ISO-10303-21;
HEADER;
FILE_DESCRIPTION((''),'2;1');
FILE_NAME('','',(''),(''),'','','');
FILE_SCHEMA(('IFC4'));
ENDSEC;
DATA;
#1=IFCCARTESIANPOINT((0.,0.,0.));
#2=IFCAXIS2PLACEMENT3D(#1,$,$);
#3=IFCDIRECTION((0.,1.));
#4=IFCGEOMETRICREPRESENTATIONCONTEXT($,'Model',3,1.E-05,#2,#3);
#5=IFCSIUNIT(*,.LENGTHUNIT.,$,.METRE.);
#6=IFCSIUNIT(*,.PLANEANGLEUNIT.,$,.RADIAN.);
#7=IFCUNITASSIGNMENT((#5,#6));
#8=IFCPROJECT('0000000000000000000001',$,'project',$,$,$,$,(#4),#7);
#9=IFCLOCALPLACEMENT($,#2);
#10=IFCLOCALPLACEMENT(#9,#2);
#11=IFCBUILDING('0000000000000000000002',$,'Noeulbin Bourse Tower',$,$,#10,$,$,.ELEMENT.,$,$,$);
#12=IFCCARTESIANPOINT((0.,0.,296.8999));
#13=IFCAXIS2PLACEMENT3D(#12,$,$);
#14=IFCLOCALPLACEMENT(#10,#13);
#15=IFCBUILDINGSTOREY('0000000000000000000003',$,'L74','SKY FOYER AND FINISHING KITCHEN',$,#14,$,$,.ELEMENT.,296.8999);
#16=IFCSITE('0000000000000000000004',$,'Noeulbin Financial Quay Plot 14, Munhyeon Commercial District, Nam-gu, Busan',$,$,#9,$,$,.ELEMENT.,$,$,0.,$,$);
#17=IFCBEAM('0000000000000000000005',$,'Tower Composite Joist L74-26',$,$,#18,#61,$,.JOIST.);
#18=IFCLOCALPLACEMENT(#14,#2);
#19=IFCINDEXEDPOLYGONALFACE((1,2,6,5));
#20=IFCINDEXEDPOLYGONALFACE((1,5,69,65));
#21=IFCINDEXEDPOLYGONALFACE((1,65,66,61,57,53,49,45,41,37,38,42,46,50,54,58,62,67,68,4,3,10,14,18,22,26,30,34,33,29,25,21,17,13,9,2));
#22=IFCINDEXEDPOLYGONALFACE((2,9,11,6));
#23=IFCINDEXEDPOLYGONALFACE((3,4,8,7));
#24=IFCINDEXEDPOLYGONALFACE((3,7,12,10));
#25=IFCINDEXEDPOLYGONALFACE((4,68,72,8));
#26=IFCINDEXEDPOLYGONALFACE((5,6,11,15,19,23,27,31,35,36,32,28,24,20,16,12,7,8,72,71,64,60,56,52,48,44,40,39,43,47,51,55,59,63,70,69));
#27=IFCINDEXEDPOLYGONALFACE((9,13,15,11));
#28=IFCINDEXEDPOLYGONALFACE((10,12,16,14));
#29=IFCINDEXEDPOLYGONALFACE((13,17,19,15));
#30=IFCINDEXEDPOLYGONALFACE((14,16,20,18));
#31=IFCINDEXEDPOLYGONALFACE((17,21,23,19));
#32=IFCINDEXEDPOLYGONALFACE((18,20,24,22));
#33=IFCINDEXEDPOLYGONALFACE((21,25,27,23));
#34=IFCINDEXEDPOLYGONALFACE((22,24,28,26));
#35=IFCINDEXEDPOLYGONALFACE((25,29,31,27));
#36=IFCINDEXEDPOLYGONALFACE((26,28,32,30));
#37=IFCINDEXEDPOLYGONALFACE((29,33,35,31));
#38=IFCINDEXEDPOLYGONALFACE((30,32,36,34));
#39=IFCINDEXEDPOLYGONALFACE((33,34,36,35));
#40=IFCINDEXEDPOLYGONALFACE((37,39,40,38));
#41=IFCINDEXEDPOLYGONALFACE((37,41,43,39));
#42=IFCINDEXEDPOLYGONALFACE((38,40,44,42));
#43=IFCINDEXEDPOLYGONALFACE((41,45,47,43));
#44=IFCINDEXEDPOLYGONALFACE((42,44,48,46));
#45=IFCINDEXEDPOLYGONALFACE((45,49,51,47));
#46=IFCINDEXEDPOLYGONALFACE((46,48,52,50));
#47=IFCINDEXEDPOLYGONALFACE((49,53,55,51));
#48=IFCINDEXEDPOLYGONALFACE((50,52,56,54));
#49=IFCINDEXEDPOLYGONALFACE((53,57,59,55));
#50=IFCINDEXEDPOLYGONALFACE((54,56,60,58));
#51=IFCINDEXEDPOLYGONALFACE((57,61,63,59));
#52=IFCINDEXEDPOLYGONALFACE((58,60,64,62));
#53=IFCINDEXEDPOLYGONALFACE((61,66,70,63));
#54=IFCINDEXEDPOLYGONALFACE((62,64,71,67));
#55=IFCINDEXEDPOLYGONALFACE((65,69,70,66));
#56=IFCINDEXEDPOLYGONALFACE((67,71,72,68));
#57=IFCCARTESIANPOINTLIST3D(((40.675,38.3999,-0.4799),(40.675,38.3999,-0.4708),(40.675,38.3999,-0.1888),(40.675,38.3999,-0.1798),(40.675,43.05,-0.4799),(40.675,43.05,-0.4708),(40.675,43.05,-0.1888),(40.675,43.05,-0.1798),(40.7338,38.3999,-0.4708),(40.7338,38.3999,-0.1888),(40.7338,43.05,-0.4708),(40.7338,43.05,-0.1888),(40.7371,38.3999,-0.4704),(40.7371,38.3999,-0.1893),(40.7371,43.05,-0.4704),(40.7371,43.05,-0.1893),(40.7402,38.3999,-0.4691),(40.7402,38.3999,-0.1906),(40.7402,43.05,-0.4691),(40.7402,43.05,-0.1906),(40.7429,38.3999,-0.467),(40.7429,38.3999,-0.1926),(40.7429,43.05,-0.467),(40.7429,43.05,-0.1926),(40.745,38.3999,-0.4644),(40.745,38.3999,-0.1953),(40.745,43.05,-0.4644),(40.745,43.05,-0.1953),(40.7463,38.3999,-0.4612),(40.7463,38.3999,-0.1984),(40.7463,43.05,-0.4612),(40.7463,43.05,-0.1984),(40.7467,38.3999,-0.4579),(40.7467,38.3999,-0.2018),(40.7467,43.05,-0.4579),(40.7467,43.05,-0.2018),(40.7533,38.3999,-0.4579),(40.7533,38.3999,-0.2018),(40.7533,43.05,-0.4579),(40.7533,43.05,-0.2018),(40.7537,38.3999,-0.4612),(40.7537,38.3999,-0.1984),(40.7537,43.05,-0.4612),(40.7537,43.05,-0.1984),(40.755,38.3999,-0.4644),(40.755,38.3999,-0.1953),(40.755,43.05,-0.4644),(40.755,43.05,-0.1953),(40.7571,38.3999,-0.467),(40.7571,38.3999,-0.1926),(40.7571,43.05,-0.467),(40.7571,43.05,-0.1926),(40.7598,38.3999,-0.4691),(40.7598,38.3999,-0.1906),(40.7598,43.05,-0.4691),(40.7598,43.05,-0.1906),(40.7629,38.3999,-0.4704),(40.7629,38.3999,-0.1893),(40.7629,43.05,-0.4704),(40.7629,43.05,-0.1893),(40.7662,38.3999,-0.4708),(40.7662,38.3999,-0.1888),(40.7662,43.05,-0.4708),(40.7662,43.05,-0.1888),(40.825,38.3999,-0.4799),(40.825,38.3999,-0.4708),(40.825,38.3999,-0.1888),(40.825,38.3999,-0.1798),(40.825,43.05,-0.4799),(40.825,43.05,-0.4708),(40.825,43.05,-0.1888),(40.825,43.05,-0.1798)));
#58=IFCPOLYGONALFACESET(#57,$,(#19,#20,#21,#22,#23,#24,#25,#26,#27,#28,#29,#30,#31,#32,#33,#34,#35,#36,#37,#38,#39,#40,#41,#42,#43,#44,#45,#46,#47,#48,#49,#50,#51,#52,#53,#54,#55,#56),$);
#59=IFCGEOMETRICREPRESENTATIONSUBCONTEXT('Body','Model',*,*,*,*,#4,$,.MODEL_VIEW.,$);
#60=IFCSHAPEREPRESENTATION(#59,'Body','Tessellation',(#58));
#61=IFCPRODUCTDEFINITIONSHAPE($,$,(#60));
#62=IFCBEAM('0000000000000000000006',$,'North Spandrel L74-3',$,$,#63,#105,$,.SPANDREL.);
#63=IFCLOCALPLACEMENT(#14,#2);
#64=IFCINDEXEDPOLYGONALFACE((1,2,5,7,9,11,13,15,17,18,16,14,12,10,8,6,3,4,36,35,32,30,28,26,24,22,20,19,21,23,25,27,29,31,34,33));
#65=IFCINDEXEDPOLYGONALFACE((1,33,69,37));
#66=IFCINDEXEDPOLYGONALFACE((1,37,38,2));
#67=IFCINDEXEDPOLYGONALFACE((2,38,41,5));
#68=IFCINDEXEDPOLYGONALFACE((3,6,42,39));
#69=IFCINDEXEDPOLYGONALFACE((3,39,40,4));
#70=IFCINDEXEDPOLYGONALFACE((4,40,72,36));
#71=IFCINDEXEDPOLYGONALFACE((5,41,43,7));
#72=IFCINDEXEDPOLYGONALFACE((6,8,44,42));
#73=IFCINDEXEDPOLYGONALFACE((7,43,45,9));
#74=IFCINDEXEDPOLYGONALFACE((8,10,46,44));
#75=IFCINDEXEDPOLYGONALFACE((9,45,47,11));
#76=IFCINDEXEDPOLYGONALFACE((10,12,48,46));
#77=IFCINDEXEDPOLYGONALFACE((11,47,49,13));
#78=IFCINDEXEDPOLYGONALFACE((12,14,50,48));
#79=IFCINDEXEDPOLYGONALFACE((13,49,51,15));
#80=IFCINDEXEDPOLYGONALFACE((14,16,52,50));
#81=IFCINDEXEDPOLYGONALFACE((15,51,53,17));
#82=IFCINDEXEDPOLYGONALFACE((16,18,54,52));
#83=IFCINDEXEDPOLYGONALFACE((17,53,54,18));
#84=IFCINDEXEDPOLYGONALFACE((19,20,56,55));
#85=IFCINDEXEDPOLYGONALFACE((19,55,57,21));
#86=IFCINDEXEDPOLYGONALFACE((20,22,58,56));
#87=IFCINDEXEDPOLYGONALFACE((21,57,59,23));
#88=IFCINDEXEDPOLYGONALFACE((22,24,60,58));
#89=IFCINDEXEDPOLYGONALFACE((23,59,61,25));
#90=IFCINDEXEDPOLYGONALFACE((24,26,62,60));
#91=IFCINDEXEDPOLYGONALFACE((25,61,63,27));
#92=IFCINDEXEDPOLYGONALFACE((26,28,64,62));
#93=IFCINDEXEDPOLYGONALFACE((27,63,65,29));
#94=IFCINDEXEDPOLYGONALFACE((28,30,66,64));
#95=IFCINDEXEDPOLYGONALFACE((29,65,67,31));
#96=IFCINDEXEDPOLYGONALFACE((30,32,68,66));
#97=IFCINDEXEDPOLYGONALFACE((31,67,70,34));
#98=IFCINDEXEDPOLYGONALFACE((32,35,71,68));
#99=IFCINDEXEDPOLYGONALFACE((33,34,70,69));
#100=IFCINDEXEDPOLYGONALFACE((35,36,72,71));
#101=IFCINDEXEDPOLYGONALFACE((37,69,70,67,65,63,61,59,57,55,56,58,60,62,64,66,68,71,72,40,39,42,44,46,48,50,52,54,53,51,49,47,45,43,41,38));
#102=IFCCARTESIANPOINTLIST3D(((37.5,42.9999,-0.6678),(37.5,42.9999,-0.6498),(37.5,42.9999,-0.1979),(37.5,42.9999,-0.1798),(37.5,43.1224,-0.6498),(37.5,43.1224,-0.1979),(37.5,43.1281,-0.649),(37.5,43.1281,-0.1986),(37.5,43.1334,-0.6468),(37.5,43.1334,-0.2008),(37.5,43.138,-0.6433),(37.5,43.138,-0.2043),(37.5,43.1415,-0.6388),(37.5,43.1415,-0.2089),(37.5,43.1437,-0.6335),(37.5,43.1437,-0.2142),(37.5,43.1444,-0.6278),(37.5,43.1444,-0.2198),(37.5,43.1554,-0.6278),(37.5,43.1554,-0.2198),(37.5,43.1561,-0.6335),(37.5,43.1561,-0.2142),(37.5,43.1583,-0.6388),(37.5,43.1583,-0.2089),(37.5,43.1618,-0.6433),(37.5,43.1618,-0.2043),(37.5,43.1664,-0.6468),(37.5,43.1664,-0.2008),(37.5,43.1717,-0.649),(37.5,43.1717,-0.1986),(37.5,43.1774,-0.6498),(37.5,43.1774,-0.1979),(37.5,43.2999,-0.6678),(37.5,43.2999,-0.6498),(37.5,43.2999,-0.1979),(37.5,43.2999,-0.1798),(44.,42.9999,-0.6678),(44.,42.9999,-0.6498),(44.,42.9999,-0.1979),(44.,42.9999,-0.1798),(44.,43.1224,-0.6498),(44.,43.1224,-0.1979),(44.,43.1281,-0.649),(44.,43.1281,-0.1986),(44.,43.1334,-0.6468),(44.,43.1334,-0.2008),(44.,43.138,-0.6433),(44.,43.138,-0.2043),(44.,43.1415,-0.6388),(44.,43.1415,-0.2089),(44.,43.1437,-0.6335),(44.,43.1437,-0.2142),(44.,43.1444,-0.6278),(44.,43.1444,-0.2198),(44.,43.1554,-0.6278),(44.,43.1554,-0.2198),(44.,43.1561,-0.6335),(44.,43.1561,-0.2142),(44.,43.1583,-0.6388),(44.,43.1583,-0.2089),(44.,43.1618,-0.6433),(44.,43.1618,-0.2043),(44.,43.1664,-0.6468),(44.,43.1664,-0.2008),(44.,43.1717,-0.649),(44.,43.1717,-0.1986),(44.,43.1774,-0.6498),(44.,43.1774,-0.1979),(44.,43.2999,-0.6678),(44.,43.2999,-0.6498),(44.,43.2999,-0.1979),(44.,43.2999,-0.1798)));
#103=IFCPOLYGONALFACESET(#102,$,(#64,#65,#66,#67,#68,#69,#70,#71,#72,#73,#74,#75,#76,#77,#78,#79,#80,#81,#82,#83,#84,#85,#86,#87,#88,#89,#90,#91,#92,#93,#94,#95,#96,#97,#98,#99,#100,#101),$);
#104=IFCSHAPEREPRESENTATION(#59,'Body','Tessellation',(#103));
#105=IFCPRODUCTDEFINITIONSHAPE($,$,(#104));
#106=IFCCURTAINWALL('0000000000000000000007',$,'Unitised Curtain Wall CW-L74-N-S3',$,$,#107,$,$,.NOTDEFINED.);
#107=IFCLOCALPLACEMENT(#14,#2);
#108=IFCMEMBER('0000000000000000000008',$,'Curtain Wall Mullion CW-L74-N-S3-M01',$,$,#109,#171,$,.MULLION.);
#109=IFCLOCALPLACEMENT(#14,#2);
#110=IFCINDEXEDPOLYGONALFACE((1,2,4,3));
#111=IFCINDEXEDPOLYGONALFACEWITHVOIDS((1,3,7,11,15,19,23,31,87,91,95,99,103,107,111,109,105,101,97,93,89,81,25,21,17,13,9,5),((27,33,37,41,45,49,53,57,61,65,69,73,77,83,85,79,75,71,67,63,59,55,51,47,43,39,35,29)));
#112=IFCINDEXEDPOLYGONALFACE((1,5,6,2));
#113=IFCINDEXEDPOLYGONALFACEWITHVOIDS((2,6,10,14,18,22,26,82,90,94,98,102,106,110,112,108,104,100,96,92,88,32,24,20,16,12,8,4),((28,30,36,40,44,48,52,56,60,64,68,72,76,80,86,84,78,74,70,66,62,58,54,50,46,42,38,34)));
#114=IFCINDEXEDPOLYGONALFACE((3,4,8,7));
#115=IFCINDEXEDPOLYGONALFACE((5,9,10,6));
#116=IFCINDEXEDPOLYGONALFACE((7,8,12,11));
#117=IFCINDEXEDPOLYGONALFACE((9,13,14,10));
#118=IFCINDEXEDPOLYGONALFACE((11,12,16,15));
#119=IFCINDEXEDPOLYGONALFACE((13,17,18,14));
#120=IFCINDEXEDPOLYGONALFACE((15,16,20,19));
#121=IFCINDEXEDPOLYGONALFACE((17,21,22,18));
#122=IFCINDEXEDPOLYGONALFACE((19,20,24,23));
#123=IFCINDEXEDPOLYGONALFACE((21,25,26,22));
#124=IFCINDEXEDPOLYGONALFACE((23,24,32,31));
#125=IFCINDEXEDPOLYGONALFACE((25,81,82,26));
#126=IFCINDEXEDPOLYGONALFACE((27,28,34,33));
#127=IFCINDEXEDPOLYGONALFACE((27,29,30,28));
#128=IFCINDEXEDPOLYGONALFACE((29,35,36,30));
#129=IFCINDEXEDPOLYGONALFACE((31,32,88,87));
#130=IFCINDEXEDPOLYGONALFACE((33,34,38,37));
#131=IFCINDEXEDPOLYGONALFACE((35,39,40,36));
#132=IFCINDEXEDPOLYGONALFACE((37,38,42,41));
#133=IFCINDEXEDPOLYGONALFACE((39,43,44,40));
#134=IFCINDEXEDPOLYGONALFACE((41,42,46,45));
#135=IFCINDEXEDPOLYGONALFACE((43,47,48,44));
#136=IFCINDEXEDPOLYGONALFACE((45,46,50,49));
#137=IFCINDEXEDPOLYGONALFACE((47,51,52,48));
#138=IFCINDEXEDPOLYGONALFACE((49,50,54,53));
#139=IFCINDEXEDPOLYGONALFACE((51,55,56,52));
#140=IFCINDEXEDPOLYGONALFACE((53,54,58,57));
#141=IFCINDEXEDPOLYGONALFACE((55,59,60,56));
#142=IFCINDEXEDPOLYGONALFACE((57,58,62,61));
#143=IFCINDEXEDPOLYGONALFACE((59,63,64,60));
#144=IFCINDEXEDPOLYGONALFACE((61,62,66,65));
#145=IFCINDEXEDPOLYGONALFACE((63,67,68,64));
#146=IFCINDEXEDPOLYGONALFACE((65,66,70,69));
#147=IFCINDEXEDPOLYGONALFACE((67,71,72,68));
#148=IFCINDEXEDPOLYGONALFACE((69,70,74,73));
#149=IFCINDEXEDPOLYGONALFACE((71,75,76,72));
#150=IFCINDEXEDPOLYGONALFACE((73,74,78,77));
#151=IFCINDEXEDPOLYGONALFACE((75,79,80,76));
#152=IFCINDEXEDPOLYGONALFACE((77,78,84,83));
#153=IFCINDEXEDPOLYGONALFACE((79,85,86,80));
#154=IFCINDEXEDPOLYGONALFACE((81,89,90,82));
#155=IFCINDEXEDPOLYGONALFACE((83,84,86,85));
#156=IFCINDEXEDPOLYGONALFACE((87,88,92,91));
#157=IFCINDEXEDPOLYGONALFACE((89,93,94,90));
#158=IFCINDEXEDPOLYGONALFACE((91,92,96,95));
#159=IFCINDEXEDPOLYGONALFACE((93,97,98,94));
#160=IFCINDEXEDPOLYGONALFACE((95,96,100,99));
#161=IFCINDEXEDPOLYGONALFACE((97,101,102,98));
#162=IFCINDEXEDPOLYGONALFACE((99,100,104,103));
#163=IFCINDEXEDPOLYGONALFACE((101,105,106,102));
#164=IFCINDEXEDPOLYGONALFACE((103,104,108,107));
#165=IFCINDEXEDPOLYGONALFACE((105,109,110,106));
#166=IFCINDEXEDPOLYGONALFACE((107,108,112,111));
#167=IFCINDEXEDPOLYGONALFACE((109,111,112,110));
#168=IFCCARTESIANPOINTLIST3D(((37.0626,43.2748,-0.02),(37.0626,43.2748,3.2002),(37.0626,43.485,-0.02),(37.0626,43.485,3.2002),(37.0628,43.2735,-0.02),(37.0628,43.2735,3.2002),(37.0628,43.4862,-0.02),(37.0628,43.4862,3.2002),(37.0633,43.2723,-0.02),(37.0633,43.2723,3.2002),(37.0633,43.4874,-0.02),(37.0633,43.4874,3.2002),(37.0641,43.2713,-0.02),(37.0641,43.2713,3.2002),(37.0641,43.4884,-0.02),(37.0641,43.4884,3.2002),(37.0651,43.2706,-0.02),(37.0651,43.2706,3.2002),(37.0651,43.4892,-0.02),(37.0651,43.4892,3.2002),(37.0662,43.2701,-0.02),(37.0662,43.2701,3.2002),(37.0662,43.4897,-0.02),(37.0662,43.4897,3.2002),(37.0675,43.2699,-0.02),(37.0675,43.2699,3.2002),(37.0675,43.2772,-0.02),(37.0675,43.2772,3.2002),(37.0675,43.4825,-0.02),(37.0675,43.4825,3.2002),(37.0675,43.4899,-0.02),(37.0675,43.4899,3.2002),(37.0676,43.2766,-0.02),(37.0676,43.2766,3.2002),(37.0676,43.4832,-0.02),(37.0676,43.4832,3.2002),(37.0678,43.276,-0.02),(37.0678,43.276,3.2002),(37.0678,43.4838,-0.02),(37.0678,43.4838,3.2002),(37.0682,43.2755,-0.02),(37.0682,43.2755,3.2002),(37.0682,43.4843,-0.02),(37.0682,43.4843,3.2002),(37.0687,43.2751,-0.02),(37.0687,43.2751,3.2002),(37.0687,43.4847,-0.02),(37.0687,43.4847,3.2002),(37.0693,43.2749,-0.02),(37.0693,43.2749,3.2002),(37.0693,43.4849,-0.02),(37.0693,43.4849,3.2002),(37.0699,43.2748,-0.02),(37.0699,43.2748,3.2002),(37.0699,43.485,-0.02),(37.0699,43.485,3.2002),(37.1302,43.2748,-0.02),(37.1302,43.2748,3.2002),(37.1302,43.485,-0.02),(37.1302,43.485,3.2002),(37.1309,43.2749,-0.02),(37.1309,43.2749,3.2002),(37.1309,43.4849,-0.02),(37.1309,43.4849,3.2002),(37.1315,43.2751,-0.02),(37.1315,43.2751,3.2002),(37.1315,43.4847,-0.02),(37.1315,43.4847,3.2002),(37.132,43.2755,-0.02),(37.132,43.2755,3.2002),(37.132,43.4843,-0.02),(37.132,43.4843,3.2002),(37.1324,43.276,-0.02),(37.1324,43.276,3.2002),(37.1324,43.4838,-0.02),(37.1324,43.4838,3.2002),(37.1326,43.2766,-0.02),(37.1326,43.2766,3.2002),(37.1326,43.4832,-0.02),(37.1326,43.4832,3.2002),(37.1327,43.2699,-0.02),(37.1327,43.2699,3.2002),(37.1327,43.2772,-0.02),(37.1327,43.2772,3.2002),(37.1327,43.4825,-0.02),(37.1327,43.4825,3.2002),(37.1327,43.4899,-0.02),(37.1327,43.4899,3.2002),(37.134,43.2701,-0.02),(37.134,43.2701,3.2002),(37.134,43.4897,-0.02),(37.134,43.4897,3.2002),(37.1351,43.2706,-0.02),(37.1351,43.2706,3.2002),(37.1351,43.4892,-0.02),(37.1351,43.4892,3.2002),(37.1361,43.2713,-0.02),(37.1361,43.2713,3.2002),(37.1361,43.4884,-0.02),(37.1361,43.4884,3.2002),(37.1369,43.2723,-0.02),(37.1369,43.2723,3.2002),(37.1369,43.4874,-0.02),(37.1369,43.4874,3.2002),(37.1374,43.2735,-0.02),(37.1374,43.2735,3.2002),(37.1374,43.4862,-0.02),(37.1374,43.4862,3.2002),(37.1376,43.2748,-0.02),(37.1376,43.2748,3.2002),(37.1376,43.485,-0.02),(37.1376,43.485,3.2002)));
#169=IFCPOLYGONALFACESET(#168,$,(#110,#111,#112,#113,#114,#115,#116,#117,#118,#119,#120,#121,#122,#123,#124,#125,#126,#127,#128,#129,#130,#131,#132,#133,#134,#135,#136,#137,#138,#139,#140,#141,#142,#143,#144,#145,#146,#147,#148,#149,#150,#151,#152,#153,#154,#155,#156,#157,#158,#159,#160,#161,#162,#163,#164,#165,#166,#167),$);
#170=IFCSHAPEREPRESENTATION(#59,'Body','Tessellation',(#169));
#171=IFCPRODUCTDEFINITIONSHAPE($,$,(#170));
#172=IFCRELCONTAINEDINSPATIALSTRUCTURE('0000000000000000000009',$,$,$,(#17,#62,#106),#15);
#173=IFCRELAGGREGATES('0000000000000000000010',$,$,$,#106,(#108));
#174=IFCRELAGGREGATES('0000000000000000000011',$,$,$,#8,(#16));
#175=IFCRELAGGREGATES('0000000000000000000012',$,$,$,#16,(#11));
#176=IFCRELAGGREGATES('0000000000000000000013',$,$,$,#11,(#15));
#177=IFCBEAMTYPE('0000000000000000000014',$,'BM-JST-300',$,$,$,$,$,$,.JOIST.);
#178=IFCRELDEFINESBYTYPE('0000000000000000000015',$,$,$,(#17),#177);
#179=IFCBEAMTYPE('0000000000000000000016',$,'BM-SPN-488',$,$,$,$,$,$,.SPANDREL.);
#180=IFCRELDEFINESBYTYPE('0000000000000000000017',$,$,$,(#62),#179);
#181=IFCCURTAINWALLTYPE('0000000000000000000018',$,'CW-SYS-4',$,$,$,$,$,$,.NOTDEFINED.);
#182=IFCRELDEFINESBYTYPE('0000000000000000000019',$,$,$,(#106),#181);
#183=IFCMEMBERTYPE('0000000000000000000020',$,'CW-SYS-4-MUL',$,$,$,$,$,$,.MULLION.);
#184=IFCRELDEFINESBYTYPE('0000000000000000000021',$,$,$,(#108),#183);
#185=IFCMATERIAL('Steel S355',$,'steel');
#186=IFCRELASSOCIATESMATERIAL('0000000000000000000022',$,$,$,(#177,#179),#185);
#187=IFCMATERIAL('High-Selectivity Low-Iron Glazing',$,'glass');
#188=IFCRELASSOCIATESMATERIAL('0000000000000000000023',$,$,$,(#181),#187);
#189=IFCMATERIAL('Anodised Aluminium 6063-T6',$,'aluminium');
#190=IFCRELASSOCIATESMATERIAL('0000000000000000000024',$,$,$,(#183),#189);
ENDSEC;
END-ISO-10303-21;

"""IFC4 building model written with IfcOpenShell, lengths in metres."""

from ifc_helpers import new_model, si_unit, direction, frame, origin, origin_2d, place, context, subcontext, project, spatial, hollow_rectangle, i_section, extrude, material, material_profile, profile_set, type_object, element, aggregate, save


model = new_model("IFC4")

# Units and contexts
model_context = context("Model", 3, precision=1e-05, world=origin(), true_north=direction((0.0, 1.0)))
body_context = subcontext(model_context, "Body", "Model", "MODEL_VIEW")
ifc_project = project(units=[si_unit("LENGTHUNIT", "METRE"), si_unit("PLANEANGLEUNIT", "RADIAN")], contexts=[model_context])

# Site, building, storey
site_placement = place(None, origin())
site = spatial("IfcSite", under=ifc_project, at=site_placement, Name="Noeulbin Financial Quay Plot 14, Munhyeon Commercial District, Nam-gu, Busan", CompositionType="ELEMENT", RefElevation=0.0)
building_placement = place(site_placement, origin())
building = spatial("IfcBuilding", under=site, at=building_placement, Name="Noeulbin Bourse Tower", CompositionType="ELEMENT")
storey_placement = place(building_placement, frame((0.0, 0.0, 296.8999)))
storey = spatial("IfcBuildingStorey", under=building, at=storey_placement, Name="L74", Description="SKY FOYER AND FINISHING KITCHEN", CompositionType="ELEMENT", Elevation=296.8999)

# Shared definitions
ifc_material_1 = material(Name="Steel S355", Category="steel")

# Beams
ifc_material_profile_1 = material_profile(ifc_material_1, i_section(OverallWidth=0.1499, OverallDepth=0.3, WebThickness=0.0066, FlangeThickness=0.009, FilletRadius=0.0129, at=origin_2d()), Name="H-300x150x6.5x9", Category="LoadBearing")
ifc_profile_set_1 = profile_set([ifc_material_profile_1], Name="Steel S355")
beam_type_1 = type_object("IfcBeamType", Name="BM-JST-300", PredefinedType="JOIST", material=ifc_profile_set_1)
for number, where, z_axis, x_axis, name in (
    (1, (40.75, 38.3999, -0.3298), (0.0, 1.0, 0.0), (-1.0, 0.0, 0.0), "Tower Composite Joist L74-26"),
):
    element("IfcBeam", number, at=place(storey_placement, frame(where, z_axis=z_axis, x_axis=x_axis)), inside=storey, type_object=beam_type_1, Name=name, PredefinedType="JOIST", context=body_context, shape_type="SweptSolid", body=[
        extrude(i_section(OverallWidth=0.1499, OverallDepth=0.3, WebThickness=0.0066, FlangeThickness=0.009, FilletRadius=0.0129, at=origin_2d()), origin(), (0.0, 0.0, 1.0), 4.6501),
    ])
ifc_material_profile_2 = material_profile(ifc_material_1, i_section(OverallWidth=0.3, OverallDepth=0.488, WebThickness=0.011, FlangeThickness=0.0181, FilletRadius=0.022, at=origin_2d()), Name="H-488x300x11x18", Category="LoadBearing")
ifc_profile_set_2 = profile_set([ifc_material_profile_2], Name="Steel S355")
beam_type_2 = type_object("IfcBeamType", Name="BM-SPN-488", PredefinedType="SPANDREL", material=ifc_profile_set_2)
beam_placement = place(storey_placement, frame((37.5, 43.1499, -0.4238), z_axis=(1.0, 0.0, 0.0), x_axis=(0.0, 1.0, 0.0)))
element("IfcBeam", 2, at=beam_placement, inside=storey, type_object=beam_type_2, Name="North Spandrel L74-3", PredefinedType="SPANDREL", context=body_context, shape_type="SweptSolid", body=[
    extrude(i_section(OverallWidth=0.3, OverallDepth=0.488, WebThickness=0.011, FlangeThickness=0.0181, FilletRadius=0.022, at=origin_2d()), origin(), (0.0, 0.0, 1.0), 6.5),
])

# Curtain wall, member
ifc_material_2 = material(Name="High-Selectivity Low-Iron Glazing", Category="glass")
curtain_wall_type = type_object("IfcCurtainWallType", Name="CW-SYS-4", PredefinedType="NOTDEFINED", material=ifc_material_2)
curtain_wall_1_placement = place(storey_placement, origin())
curtain_wall_1 = element("IfcCurtainWall", 3, at=curtain_wall_1_placement, inside=storey, type_object=curtain_wall_type, Name="Unitised Curtain Wall CW-L74-N-S3", PredefinedType="NOTDEFINED")
ifc_material_3 = material(Name="Anodised Aluminium 6063-T6", Category="aluminium")
ifc_material_profile_3 = material_profile(ifc_material_3, hollow_rectangle(XDim=0.075, YDim=0.22, WallThickness=0.0049, InnerFilletRadius=0.0024, OuterFilletRadius=0.0049, at=origin_2d()), Name="ALU-MULL-75x220x5", Category="LoadBearing")
ifc_profile_set_3 = profile_set([ifc_material_profile_3], Name="Anodised Aluminium 6063-T6")
member_type_1 = type_object("IfcMemberType", Name="CW-SYS-4-MUL", PredefinedType="MULLION", material=ifc_profile_set_3)
member_1_placement = place(storey_placement, frame((37.1001, 43.3799, -0.02), z_axis=(0.0, 0.0, 1.0), x_axis=(1.0, 0.0, 0.0)))
member_1 = element("IfcMember", 4, at=member_1_placement, type_object=member_type_1, Name="Curtain Wall Mullion CW-L74-N-S3-M01", PredefinedType="MULLION", context=body_context, shape_type="SweptSolid", body=[
    extrude(hollow_rectangle(XDim=0.075, YDim=0.22, WallThickness=0.0049, InnerFilletRadius=0.0024, OuterFilletRadius=0.0049, at=origin_2d()), origin(), (0.0, 0.0, 1.0), 3.2202),
])

aggregate(curtain_wall_1, [member_1])

save(model, "model.ifc")
